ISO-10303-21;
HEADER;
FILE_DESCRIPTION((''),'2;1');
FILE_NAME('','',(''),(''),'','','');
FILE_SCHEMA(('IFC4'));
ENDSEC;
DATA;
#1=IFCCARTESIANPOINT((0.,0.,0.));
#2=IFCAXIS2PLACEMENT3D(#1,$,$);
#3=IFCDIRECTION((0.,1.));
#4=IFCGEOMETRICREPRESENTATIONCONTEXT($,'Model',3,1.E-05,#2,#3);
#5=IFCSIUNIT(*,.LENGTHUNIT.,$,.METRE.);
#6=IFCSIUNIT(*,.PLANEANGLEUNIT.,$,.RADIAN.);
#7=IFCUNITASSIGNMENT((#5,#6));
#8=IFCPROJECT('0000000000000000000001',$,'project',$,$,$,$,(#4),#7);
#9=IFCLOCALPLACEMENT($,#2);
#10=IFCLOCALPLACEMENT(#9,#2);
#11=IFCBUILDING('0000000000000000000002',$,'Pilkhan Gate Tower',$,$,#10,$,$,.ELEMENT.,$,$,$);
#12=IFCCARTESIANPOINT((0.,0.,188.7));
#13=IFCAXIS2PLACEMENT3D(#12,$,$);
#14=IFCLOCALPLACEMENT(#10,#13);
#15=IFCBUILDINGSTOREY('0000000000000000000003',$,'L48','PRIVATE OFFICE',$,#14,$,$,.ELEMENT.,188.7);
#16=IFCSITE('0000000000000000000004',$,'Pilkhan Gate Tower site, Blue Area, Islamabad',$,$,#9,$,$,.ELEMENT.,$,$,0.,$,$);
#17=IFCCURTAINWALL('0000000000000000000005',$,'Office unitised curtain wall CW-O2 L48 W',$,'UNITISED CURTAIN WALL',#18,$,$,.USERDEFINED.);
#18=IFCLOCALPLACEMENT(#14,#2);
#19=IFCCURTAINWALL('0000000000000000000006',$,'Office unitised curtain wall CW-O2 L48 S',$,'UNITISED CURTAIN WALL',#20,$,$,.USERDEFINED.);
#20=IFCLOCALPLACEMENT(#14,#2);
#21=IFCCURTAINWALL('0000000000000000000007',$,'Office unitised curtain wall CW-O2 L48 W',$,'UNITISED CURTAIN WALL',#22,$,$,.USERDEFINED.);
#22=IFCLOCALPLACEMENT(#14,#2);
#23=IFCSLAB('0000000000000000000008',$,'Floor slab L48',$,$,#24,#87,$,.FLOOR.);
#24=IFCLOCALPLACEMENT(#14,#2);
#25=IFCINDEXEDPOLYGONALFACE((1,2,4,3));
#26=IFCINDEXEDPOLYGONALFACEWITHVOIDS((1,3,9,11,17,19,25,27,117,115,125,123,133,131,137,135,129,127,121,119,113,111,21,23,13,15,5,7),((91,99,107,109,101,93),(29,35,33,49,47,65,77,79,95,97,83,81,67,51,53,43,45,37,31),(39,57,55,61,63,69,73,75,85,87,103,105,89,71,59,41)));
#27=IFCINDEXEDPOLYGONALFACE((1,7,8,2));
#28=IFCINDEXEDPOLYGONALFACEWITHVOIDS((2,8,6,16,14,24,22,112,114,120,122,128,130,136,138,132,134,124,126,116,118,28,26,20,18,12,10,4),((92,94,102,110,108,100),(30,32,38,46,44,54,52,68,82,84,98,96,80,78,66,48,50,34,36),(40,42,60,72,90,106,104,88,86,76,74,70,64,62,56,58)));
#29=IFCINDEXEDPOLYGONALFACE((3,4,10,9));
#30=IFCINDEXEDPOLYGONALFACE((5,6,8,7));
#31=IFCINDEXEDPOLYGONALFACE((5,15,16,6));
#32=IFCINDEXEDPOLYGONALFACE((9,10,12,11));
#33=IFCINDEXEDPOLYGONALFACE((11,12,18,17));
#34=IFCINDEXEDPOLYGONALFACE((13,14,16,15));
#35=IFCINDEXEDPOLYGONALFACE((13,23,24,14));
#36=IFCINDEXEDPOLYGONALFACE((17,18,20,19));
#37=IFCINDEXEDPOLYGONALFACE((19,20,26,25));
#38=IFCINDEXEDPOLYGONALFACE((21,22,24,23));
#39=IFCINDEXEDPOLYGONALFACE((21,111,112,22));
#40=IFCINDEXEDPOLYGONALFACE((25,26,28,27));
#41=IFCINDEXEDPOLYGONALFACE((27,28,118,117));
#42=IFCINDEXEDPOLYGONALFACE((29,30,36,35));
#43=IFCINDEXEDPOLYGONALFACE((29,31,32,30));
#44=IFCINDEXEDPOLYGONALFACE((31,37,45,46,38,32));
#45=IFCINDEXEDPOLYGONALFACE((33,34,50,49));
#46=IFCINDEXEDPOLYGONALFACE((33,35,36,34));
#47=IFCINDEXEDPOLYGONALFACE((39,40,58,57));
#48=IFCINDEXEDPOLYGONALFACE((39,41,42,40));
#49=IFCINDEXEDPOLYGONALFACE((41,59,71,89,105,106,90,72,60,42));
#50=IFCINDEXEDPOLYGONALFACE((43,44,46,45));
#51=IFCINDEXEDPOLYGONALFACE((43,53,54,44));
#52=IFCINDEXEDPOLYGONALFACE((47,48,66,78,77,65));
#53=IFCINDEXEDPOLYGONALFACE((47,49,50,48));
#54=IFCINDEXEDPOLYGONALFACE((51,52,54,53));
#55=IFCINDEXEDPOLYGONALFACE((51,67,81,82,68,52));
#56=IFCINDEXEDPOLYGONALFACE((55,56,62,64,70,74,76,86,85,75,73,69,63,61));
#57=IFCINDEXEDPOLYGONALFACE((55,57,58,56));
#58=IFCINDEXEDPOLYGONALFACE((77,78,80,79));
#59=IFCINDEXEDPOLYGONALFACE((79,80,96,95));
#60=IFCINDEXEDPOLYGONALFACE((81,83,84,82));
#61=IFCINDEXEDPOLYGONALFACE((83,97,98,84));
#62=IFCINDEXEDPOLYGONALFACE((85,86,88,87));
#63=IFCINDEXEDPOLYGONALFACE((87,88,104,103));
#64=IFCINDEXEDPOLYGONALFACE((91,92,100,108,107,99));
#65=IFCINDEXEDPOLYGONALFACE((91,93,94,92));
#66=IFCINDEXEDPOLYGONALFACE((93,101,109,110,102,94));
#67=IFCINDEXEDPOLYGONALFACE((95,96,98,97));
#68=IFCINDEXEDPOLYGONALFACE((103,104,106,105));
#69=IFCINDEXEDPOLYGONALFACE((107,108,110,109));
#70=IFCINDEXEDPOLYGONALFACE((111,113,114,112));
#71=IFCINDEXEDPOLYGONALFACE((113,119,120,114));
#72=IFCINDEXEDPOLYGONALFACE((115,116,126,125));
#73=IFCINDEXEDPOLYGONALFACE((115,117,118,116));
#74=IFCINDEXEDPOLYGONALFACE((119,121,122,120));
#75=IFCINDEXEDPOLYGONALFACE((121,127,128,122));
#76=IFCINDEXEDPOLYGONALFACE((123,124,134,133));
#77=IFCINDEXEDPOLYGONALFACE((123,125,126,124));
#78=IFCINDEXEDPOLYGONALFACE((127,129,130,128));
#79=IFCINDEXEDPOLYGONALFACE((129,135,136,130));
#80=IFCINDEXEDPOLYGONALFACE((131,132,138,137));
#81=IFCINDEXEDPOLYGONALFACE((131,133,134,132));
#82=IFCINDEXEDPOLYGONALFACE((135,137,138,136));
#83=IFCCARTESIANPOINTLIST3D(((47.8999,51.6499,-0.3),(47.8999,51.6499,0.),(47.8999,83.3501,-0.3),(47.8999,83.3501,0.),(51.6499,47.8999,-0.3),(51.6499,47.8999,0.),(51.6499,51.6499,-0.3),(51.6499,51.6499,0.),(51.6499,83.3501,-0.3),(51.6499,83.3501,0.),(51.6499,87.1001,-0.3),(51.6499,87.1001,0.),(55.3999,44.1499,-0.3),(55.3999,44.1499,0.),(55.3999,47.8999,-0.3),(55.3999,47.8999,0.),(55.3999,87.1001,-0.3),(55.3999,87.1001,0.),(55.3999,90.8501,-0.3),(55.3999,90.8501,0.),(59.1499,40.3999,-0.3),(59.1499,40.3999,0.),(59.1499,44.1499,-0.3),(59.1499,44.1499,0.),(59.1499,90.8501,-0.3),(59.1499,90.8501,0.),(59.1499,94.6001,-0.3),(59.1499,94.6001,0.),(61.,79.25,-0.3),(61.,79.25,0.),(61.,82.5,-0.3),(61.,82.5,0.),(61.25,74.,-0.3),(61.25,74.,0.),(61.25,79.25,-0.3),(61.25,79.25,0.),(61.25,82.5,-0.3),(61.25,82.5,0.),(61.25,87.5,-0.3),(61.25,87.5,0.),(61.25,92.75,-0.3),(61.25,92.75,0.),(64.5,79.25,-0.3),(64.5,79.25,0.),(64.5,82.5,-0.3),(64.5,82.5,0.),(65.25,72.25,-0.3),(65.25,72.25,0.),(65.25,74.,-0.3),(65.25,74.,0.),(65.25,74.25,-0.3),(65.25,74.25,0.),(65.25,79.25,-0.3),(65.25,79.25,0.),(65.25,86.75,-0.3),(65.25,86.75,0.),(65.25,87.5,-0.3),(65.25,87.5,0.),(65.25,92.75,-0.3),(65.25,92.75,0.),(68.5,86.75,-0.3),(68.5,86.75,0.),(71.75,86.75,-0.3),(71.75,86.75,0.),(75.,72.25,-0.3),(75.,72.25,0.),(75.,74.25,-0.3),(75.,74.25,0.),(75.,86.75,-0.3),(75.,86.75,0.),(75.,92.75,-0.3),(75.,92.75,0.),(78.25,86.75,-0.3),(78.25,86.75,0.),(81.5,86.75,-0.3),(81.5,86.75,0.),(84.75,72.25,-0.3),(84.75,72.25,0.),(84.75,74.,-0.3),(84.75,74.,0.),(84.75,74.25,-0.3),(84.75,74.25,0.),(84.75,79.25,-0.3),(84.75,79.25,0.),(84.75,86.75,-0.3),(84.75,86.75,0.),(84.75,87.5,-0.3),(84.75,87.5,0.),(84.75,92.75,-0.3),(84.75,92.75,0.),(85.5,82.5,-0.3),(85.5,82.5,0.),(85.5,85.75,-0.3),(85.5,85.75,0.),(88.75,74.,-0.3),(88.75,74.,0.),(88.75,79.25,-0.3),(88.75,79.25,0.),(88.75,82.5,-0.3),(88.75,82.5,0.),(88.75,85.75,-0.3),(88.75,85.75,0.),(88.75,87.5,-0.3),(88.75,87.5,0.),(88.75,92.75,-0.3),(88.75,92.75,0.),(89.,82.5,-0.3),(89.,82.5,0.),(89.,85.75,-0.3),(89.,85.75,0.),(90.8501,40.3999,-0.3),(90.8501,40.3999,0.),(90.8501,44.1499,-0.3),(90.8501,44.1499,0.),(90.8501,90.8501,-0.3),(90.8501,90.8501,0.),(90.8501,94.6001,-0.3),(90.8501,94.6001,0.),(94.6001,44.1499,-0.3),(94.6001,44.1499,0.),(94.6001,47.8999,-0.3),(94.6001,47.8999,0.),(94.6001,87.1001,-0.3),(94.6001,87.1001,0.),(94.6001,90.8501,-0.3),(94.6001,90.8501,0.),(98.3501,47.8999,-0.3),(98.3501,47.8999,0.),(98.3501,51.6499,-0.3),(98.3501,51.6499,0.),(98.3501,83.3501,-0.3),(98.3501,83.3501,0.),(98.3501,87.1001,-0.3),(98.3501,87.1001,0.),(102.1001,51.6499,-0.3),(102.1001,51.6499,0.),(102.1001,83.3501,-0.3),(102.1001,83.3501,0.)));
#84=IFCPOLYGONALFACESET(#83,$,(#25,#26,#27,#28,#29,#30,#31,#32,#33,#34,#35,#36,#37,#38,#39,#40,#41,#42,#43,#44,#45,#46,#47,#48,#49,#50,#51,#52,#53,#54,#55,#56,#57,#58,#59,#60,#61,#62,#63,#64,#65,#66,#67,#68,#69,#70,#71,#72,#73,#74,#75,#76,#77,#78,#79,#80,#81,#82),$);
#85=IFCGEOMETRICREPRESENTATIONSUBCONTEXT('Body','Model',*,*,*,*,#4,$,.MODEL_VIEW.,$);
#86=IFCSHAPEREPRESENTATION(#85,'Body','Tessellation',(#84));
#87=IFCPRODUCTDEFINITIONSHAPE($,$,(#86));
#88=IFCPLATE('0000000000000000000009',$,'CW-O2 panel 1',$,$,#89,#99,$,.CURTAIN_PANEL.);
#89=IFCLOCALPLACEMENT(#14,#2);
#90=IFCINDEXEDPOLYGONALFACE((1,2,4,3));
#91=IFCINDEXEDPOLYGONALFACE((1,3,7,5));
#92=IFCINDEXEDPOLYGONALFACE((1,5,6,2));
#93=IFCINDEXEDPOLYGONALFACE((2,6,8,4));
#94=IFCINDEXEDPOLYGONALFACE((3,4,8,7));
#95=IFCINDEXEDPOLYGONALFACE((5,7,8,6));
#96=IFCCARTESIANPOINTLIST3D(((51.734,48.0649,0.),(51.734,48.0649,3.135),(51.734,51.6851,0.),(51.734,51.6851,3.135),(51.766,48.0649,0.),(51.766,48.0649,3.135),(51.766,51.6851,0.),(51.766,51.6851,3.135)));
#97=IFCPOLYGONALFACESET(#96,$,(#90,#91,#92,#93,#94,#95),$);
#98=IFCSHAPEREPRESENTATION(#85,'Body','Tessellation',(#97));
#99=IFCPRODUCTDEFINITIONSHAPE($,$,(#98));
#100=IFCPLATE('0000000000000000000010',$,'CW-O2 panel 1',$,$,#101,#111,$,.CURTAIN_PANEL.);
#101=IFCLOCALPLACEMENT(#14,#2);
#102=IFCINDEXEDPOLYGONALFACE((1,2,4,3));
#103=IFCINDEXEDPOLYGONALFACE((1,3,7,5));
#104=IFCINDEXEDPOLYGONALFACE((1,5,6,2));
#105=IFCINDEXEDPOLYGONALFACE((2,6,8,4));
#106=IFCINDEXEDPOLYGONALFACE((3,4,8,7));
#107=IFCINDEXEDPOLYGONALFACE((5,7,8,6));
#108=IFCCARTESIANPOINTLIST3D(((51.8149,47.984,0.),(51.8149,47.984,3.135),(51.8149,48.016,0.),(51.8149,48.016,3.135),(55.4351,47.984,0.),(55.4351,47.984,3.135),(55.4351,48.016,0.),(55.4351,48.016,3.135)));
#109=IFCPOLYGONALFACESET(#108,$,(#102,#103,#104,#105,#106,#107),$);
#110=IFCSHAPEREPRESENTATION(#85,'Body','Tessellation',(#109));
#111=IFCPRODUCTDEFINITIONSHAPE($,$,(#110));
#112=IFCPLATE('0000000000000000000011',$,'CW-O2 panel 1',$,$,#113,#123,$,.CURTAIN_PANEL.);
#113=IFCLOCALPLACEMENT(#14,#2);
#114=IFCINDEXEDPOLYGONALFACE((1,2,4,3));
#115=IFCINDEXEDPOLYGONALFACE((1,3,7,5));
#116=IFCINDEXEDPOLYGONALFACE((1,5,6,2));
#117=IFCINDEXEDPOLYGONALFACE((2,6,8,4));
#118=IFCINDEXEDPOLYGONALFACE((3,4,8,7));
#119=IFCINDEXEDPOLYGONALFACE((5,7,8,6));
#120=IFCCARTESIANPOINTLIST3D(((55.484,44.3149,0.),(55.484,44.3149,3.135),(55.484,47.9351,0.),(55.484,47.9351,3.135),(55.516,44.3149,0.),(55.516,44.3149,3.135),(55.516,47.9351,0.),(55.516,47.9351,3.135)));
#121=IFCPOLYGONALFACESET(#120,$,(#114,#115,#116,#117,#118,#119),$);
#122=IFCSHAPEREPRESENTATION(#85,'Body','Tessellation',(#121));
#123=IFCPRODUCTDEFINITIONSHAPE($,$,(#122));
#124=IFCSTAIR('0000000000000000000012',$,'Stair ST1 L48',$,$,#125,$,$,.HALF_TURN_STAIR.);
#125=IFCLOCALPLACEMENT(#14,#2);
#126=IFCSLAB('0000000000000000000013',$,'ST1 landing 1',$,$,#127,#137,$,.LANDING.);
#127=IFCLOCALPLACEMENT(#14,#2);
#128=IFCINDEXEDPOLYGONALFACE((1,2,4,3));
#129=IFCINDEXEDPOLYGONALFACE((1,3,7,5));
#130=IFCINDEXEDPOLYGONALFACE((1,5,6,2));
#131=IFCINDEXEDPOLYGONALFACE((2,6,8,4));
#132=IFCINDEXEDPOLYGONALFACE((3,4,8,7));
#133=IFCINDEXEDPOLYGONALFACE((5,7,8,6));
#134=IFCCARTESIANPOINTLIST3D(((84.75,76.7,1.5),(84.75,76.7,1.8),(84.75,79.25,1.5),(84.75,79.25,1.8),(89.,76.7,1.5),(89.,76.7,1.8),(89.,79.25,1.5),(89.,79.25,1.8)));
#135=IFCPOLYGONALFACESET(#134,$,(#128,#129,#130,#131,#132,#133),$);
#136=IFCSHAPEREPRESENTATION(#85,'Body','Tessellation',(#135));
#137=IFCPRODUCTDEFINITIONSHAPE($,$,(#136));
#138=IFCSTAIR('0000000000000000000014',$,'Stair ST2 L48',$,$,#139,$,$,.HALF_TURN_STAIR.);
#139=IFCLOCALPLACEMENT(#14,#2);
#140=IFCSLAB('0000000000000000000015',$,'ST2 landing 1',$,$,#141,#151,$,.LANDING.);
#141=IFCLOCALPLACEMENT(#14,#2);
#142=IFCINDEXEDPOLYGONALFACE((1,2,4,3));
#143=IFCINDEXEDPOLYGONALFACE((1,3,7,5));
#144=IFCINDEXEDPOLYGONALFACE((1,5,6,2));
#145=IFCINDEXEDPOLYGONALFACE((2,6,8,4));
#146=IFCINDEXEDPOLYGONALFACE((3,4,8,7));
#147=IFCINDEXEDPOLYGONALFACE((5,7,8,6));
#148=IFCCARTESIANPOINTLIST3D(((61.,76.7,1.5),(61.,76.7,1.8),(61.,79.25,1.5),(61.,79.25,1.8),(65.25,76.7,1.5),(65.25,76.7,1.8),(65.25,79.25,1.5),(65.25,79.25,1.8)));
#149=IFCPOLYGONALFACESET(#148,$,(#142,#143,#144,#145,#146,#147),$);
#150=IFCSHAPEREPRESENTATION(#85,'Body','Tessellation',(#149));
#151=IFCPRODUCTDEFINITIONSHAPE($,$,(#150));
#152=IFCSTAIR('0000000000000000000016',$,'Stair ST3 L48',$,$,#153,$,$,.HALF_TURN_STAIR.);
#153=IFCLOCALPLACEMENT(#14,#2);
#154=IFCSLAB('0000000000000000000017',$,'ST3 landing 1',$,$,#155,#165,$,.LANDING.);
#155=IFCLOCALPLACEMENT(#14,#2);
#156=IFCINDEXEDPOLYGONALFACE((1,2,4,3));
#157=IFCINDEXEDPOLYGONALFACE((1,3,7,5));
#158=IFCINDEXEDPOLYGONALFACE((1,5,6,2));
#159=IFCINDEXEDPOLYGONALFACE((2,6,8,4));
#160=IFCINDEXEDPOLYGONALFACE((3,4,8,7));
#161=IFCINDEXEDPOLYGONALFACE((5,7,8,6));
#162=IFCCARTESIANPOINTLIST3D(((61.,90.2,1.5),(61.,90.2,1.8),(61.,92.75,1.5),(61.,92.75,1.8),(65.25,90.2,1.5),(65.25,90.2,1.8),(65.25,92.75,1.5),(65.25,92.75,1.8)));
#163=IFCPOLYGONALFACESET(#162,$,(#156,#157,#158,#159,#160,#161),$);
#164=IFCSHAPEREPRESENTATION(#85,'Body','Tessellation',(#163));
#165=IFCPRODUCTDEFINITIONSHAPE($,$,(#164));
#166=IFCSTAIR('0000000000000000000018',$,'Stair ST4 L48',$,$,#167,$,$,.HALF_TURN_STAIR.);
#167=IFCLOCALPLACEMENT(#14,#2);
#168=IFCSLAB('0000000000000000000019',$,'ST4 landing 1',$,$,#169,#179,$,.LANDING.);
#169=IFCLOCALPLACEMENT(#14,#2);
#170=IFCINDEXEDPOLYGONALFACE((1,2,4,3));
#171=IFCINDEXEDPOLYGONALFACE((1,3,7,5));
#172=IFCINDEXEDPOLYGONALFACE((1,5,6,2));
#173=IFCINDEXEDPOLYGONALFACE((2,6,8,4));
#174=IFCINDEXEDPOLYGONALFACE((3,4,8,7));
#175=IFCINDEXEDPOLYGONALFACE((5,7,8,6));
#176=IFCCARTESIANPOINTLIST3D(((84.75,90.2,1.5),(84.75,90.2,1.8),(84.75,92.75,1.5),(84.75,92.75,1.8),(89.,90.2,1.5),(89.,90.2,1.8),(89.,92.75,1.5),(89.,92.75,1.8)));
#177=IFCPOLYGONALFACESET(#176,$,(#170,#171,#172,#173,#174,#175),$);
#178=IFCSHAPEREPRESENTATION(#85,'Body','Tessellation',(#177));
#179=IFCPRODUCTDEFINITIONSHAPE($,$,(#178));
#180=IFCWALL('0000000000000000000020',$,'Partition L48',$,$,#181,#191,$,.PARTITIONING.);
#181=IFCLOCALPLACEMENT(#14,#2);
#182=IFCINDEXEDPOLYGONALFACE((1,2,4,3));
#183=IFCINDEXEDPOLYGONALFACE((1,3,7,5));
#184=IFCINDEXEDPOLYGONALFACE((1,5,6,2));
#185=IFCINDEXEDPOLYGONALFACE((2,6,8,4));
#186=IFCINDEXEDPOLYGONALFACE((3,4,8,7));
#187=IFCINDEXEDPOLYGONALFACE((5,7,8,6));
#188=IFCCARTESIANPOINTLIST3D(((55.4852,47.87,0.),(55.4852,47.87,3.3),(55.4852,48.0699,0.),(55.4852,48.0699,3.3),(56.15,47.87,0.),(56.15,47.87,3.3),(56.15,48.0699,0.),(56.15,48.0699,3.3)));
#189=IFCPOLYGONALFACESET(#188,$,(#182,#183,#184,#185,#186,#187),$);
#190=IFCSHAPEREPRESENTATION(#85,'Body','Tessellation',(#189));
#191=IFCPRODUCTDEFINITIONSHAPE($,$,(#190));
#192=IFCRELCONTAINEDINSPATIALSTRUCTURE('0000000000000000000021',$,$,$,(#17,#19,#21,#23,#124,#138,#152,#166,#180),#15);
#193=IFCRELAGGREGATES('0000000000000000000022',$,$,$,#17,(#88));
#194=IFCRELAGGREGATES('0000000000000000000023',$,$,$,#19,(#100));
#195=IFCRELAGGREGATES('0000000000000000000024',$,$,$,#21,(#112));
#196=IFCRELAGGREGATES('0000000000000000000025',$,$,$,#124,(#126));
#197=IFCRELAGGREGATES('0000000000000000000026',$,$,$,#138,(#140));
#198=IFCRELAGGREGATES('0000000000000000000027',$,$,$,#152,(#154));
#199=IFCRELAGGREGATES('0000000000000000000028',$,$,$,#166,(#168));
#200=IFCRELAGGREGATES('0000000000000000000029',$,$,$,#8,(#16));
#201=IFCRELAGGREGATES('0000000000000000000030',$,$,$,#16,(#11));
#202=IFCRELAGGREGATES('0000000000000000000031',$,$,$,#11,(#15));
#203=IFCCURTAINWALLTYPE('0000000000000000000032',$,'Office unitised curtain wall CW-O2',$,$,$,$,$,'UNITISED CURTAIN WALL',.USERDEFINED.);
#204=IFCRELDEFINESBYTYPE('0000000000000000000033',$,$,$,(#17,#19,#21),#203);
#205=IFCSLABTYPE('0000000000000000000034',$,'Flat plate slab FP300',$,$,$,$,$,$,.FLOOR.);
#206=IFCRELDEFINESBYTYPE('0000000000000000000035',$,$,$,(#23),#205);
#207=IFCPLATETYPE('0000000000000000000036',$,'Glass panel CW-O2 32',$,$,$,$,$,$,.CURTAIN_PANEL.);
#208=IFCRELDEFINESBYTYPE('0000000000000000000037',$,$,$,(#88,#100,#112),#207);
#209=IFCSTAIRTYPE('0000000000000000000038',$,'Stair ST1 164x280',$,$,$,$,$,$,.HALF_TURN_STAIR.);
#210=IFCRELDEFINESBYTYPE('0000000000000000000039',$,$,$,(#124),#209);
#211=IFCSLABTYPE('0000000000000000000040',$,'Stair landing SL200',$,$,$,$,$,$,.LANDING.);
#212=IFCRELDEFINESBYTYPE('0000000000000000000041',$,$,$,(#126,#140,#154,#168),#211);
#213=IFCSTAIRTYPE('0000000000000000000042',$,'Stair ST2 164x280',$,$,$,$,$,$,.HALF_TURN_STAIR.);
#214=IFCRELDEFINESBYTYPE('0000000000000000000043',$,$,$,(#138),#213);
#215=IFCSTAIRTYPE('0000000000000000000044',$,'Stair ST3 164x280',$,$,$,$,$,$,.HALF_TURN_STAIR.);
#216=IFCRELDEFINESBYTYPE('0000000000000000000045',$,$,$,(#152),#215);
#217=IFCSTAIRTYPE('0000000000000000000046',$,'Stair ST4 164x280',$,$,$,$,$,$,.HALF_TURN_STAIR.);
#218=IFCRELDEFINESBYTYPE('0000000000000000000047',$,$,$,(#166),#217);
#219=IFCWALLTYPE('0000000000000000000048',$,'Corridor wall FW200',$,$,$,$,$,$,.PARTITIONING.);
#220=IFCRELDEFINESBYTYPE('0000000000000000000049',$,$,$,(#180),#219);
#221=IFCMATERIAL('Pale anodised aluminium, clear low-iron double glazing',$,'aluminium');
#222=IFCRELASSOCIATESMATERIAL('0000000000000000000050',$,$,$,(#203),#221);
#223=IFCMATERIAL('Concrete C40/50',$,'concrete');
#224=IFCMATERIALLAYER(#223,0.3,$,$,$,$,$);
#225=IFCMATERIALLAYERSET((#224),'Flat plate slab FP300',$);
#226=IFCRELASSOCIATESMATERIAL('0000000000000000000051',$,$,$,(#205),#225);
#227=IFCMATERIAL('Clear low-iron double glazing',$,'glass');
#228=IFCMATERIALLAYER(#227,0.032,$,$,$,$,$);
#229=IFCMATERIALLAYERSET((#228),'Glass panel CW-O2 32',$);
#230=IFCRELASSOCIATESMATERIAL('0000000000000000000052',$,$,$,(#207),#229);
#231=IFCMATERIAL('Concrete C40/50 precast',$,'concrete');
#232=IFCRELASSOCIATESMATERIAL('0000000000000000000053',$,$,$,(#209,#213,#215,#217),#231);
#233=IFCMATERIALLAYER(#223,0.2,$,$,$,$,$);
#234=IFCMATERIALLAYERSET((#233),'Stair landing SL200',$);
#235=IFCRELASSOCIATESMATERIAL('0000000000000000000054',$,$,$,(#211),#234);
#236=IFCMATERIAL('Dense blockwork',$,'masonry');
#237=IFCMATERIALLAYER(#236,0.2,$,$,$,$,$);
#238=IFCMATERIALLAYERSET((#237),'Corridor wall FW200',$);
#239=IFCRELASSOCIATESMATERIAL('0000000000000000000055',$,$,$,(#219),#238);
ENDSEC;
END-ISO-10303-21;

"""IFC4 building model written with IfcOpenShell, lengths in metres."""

from ifc_helpers import new_model, si_unit, direction, frame, frame_2d, origin, origin_2d, place, context, subcontext, project, spatial, polyline, rectangle, outline, extrude, material, layer, layer_set, type_object, element, aggregate, save


model = new_model("IFC4")

# Units and contexts
model_context = context("Model", 3, precision=1e-05, world=origin(), true_north=direction((0.0, 1.0)))
body_context = subcontext(model_context, "Body", "Model", "MODEL_VIEW")
ifc_project = project(units=[si_unit("LENGTHUNIT", "METRE"), si_unit("PLANEANGLEUNIT", "RADIAN")], contexts=[model_context])

# Site, building, storey
site_placement = place(None, origin())
site = spatial("IfcSite", under=ifc_project, at=site_placement, Name="Pilkhan Gate Tower site, Blue Area, Islamabad", CompositionType="ELEMENT", RefElevation=0.0)
building_placement = place(site_placement, origin())
building = spatial("IfcBuilding", under=site, at=building_placement, Name="Pilkhan Gate Tower", CompositionType="ELEMENT")
storey_placement = place(building_placement, frame((0.0, 0.0, 188.7)))
storey = spatial("IfcBuildingStorey", under=building, at=storey_placement, Name="L48", Description="PRIVATE OFFICE", CompositionType="ELEMENT", Elevation=188.7)

# Shared definitions
ifc_material_1 = material(Name="Pale anodised aluminium, clear low-iron double glazing", Category="aluminium")
curtain_wall_type = type_object("IfcCurtainWallType", Name="Office unitised curtain wall CW-O2", ElementType="UNITISED CURTAIN WALL", PredefinedType="USERDEFINED", material=ifc_material_1)

# Curtain walls
curtain_wall_1_placement = place(storey_placement, origin())
curtain_wall_1 = element("IfcCurtainWall", 1, at=curtain_wall_1_placement, inside=storey, type_object=curtain_wall_type, Name="Office unitised curtain wall CW-O2 L48 W", ObjectType="UNITISED CURTAIN WALL", PredefinedType="USERDEFINED")
curtain_wall_2_placement = place(storey_placement, origin())
curtain_wall_2 = element("IfcCurtainWall", 2, at=curtain_wall_2_placement, inside=storey, type_object=curtain_wall_type, Name="Office unitised curtain wall CW-O2 L48 S", ObjectType="UNITISED CURTAIN WALL", PredefinedType="USERDEFINED")
curtain_wall_3_placement = place(storey_placement, origin())
curtain_wall_3 = element("IfcCurtainWall", 3, at=curtain_wall_3_placement, inside=storey, type_object=curtain_wall_type, Name="Office unitised curtain wall CW-O2 L48 W", ObjectType="UNITISED CURTAIN WALL", PredefinedType="USERDEFINED")

# Slab
ifc_material_2 = material(Name="Concrete C40/50", Category="concrete")
ifc_layer_1 = layer(ifc_material_2, 0.3)
ifc_layer_set_1 = layer_set([ifc_layer_1], Name="Flat plate slab FP300")
slab_type_1 = type_object("IfcSlabType", Name="Flat plate slab FP300", PredefinedType="FLOOR", material=ifc_layer_set_1)
slab_1_placement = place(storey_placement, frame((0.0, 0.0, -0.3)))
element("IfcSlab", 4, at=slab_1_placement, inside=storey, type_object=slab_type_1, Name="Floor slab L48", PredefinedType="FLOOR", context=body_context, shape_type="SweptSolid", body=[
    extrude(outline(polyline([(98.3501, 47.8999), (94.6001, 47.8999), (94.6001, 44.1499), (90.8501, 44.1499), (90.8501, 40.3999), (59.1499, 40.3999), (59.1499, 44.1499), (55.3999, 44.1499), (55.3999, 47.8999), (51.6499, 47.8999), (51.6499, 51.6499), (47.8999, 51.6499), (47.8999, 83.3501), (51.6499, 83.3501), (51.6499, 87.1001), (55.3999, 87.1001), (55.3999, 90.8501), (59.1499, 90.8501), (59.1499, 94.6001), (90.8501, 94.6001), (90.8501, 90.8501), (94.6001, 90.8501), (94.6001, 87.1001), (98.3501, 87.1001), (98.3501, 83.3501), (102.1001, 83.3501), (102.1001, 51.6499), (98.3501, 51.6499), (98.3501, 47.8999)]), holes=[polyline([(75.0, 72.25), (84.75, 72.25), (84.75, 74.0), (88.75, 74.0), (88.75, 79.25), (84.75, 79.25), (84.75, 74.25), (75.0, 74.25), (65.25, 74.25), (65.25, 79.25), (64.5, 79.25), (64.5, 82.5), (61.25, 82.5), (61.0, 82.5), (61.0, 79.25), (61.25, 79.25), (61.25, 74.0), (65.25, 74.0), (65.25, 72.25), (75.0, 72.25)]), polyline([(68.5, 86.75), (71.75, 86.75), (75.0, 86.75), (78.25, 86.75), (81.5, 86.75), (84.75, 86.75), (84.75, 87.5), (88.75, 87.5), (88.75, 92.75), (84.75, 92.75), (75.0, 92.75), (65.25, 92.75), (61.25, 92.75), (61.25, 87.5), (65.25, 87.5), (65.25, 86.75), (68.5, 86.75)]), polyline([(85.5, 85.75), (85.5, 82.5), (88.75, 82.5), (89.0, 82.5), (89.0, 85.75), (88.75, 85.75), (85.5, 85.75)])]), origin(), (0.0, 0.0, 1.0), 0.3),
])

# Plates
ifc_material_3 = material(Name="Clear low-iron double glazing", Category="glass")
ifc_layer_2 = layer(ifc_material_3, 0.032)
ifc_layer_set_2 = layer_set([ifc_layer_2], Name="Glass panel CW-O2 32")
plate_type = type_object("IfcPlateType", Name="Glass panel CW-O2 32", PredefinedType="CURTAIN_PANEL", material=ifc_layer_set_2)
plate_1_placement = place(storey_placement, frame((51.75, 49.875, 0.0), z_axis=(0.0, 0.0, 1.0), x_axis=(0.0, 1.0, 0.0)))
plate_1 = element("IfcPlate", 5, at=plate_1_placement, type_object=plate_type, Name="CW-O2 panel 1", PredefinedType="CURTAIN_PANEL", context=body_context, shape_type="SweptSolid", body=[
    extrude(rectangle(XDim=3.6201, YDim=0.032, at=origin_2d()), origin(), (0.0, 0.0, 1.0), 3.135),
])
aggregate(curtain_wall_1, [plate_1])
plate_2_placement = place(storey_placement, frame((53.625, 48.0, 0.0), z_axis=(0.0, 0.0, 1.0), x_axis=(1.0, 0.0, 0.0)))
plate_2 = element("IfcPlate", 6, at=plate_2_placement, type_object=plate_type, Name="CW-O2 panel 1", PredefinedType="CURTAIN_PANEL", context=body_context, shape_type="SweptSolid", body=[
    extrude(rectangle(XDim=3.6201, YDim=0.032, at=origin_2d()), origin(), (0.0, 0.0, 1.0), 3.135),
])
aggregate(curtain_wall_2, [plate_2])
plate_3_placement = place(storey_placement, frame((55.5, 46.125, 0.0), z_axis=(0.0, 0.0, 1.0), x_axis=(0.0, 1.0, 0.0)))
plate_3 = element("IfcPlate", 7, at=plate_3_placement, type_object=plate_type, Name="CW-O2 panel 1", PredefinedType="CURTAIN_PANEL", context=body_context, shape_type="SweptSolid", body=[
    extrude(rectangle(XDim=3.6201, YDim=0.032, at=origin_2d()), origin(), (0.0, 0.0, 1.0), 3.135),
])
aggregate(curtain_wall_3, [plate_3])

# Stairs, slabs
ifc_material_4 = material(Name="Concrete C40/50 precast", Category="concrete")
stair_type_1 = type_object("IfcStairType", Name="Stair ST1 164x280", PredefinedType="HALF_TURN_STAIR", material=ifc_material_4)
stair_1_placement = place(storey_placement, origin())
stair_1 = element("IfcStair", 8, at=stair_1_placement, inside=storey, type_object=stair_type_1, Name="Stair ST1 L48", PredefinedType="HALF_TURN_STAIR")
ifc_layer_3 = layer(ifc_material_2, 0.2)
ifc_layer_set_3 = layer_set([ifc_layer_3], Name="Stair landing SL200")
slab_type_2 = type_object("IfcSlabType", Name="Stair landing SL200", PredefinedType="LANDING", material=ifc_layer_set_3)
slab_2_placement = place(storey_placement, frame((0.0, 0.0, 1.5)))
slab_2 = element("IfcSlab", 9, at=slab_2_placement, type_object=slab_type_2, Name="ST1 landing 1", PredefinedType="LANDING", context=body_context, shape_type="SweptSolid", body=[
    extrude(outline(polyline([(89.0, 76.7), (89.0, 79.25), (84.75, 79.25), (84.75, 76.7), (89.0, 76.7)])), origin(), (0.0, 0.0, 1.0), 0.3),
])
aggregate(stair_1, [slab_2])
stair_type_2 = type_object("IfcStairType", Name="Stair ST2 164x280", PredefinedType="HALF_TURN_STAIR", material=ifc_material_4)
stair_2_placement = place(storey_placement, origin())
stair_2 = element("IfcStair", 10, at=stair_2_placement, inside=storey, type_object=stair_type_2, Name="Stair ST2 L48", PredefinedType="HALF_TURN_STAIR")
slab_3_placement = place(storey_placement, frame((0.0, 0.0, 1.5)))
slab_3 = element("IfcSlab", 11, at=slab_3_placement, type_object=slab_type_2, Name="ST2 landing 1", PredefinedType="LANDING", context=body_context, shape_type="SweptSolid", body=[
    extrude(outline(polyline([(65.25, 76.7), (65.25, 79.25), (61.0, 79.25), (61.0, 76.7), (65.25, 76.7)])), origin(), (0.0, 0.0, 1.0), 0.3),
])
aggregate(stair_2, [slab_3])
stair_type_3 = type_object("IfcStairType", Name="Stair ST3 164x280", PredefinedType="HALF_TURN_STAIR", material=ifc_material_4)
stair_3_placement = place(storey_placement, origin())
stair_3 = element("IfcStair", 12, at=stair_3_placement, inside=storey, type_object=stair_type_3, Name="Stair ST3 L48", PredefinedType="HALF_TURN_STAIR")
slab_4_placement = place(storey_placement, frame((0.0, 0.0, 1.5)))
slab_4 = element("IfcSlab", 13, at=slab_4_placement, type_object=slab_type_2, Name="ST3 landing 1", PredefinedType="LANDING", context=body_context, shape_type="SweptSolid", body=[
    extrude(outline(polyline([(65.25, 90.2), (65.25, 92.75), (61.0, 92.75), (61.0, 90.2), (65.25, 90.2)])), origin(), (0.0, 0.0, 1.0), 0.3),
])
aggregate(stair_3, [slab_4])
stair_type_4 = type_object("IfcStairType", Name="Stair ST4 164x280", PredefinedType="HALF_TURN_STAIR", material=ifc_material_4)
stair_4_placement = place(storey_placement, origin())
stair_4 = element("IfcStair", 14, at=stair_4_placement, inside=storey, type_object=stair_type_4, Name="Stair ST4 L48", PredefinedType="HALF_TURN_STAIR")
slab_5_placement = place(storey_placement, frame((0.0, 0.0, 1.5)))
slab_5 = element("IfcSlab", 15, at=slab_5_placement, type_object=slab_type_2, Name="ST4 landing 1", PredefinedType="LANDING", context=body_context, shape_type="SweptSolid", body=[
    extrude(outline(polyline([(89.0, 90.2), (89.0, 92.75), (84.75, 92.75), (84.75, 90.2), (89.0, 90.2)])), origin(), (0.0, 0.0, 1.0), 0.3),
])
aggregate(stair_4, [slab_5])

# Wall
ifc_material_5 = material(Name="Dense blockwork", Category="masonry")
ifc_layer_4 = layer(ifc_material_5, 0.2)
ifc_layer_set_4 = layer_set([ifc_layer_4], Name="Corridor wall FW200")
wall_type = type_object("IfcWallType", Name="Corridor wall FW200", PredefinedType="PARTITIONING", material=ifc_layer_set_4)
wall_placement = place(storey_placement, frame((55.4851, 47.97, 0.0), z_axis=(0.0, 0.0, 1.0), x_axis=(1.0, 0.0, 0.0)))
element("IfcWall", 16, at=wall_placement, inside=storey, type_object=wall_type, Name="Partition L48", PredefinedType="PARTITIONING", context=body_context, shape_type="SweptSolid", body=[
    extrude(rectangle(XDim=0.6648, YDim=0.2, at=frame_2d((0.3325, 0.0))), origin(), (0.0, 0.0, 1.0), 3.3),
])

save(model, "model.ifc")
